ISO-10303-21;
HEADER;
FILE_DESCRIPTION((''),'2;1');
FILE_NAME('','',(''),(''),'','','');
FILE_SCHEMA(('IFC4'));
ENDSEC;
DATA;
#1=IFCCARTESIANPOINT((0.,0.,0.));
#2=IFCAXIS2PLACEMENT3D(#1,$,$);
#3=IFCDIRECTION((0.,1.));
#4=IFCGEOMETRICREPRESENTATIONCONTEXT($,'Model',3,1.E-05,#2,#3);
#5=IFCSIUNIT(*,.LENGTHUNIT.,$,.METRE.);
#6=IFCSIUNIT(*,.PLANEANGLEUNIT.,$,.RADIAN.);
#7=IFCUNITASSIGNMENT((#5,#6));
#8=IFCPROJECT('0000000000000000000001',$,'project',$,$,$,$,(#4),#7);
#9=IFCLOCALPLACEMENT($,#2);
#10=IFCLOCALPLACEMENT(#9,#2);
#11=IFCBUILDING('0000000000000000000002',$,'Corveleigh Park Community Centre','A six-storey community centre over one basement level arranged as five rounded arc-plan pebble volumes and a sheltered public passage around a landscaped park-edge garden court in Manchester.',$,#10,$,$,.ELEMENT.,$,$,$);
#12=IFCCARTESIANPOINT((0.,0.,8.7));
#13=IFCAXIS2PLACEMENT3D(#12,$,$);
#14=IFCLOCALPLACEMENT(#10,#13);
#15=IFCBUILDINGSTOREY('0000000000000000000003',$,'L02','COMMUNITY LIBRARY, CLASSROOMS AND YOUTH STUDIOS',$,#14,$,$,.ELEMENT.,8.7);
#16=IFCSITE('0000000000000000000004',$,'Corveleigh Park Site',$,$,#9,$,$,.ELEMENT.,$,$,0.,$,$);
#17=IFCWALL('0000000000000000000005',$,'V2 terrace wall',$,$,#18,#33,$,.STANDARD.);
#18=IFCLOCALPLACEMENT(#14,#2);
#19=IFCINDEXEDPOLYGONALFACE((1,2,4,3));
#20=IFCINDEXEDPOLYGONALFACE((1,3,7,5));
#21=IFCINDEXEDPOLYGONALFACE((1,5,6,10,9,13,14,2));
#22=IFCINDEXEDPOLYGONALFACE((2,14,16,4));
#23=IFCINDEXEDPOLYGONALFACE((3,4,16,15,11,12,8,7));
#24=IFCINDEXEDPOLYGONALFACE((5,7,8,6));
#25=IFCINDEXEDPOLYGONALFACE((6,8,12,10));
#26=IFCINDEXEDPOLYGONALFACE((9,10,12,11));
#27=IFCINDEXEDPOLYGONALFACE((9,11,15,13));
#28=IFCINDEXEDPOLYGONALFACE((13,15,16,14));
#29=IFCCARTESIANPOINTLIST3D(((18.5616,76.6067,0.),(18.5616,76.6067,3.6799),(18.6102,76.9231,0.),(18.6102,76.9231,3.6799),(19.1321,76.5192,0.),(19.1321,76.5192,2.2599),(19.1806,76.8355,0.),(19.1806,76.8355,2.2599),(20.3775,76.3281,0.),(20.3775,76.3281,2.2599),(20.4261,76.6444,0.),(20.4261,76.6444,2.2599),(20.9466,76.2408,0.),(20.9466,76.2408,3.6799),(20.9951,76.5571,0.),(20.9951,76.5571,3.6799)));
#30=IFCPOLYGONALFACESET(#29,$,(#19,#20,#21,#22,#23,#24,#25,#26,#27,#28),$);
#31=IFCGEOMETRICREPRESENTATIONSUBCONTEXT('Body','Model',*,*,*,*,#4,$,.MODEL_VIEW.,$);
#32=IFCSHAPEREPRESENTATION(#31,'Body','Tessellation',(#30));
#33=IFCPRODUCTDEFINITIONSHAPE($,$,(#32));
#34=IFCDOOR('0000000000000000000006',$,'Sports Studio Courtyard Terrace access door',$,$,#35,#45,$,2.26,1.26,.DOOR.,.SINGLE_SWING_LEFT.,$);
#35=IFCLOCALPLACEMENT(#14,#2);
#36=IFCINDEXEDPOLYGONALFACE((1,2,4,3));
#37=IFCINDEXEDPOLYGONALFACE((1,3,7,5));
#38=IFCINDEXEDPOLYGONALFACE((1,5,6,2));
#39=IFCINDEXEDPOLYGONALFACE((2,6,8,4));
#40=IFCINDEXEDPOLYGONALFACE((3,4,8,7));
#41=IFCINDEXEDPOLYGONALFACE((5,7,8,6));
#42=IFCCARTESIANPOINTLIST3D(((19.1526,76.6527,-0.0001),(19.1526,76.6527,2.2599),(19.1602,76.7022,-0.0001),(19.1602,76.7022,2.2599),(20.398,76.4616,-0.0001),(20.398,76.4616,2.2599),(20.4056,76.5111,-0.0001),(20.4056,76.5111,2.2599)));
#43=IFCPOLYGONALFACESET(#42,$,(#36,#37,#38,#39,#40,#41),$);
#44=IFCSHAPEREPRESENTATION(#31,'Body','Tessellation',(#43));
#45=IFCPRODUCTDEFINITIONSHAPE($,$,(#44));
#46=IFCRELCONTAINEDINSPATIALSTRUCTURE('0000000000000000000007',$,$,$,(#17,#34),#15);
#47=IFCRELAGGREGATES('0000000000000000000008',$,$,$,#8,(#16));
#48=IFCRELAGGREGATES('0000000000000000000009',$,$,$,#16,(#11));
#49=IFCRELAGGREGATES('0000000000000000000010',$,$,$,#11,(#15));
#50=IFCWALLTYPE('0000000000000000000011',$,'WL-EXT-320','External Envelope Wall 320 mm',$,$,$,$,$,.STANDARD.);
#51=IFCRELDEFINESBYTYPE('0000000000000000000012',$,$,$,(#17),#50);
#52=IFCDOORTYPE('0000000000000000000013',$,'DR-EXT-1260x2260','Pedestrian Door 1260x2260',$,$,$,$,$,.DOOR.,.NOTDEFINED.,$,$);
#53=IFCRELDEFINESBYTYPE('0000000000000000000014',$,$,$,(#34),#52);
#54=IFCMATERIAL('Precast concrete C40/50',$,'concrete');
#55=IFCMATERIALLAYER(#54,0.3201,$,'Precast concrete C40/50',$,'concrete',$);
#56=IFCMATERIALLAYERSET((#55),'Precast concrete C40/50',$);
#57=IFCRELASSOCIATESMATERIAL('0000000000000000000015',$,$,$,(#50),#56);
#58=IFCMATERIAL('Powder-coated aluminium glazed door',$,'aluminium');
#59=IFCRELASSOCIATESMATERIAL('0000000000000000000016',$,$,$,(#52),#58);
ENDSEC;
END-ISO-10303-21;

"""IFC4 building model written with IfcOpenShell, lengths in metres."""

from ifc_helpers import new_model, si_unit, direction, frame, frame_2d, origin, place, context, subcontext, project, spatial, rectangle, extrude, material, layer, layer_set, type_object, element, fill, save


model = new_model("IFC4")

# Units and contexts
model_context = context("Model", 3, precision=1e-05, world=origin(), true_north=direction((0.0, 1.0)))
body_context = subcontext(model_context, "Body", "Model", "MODEL_VIEW")
ifc_project = project(units=[si_unit("LENGTHUNIT", "METRE"), si_unit("PLANEANGLEUNIT", "RADIAN")], contexts=[model_context])

# Site, building, storey
site_placement = place(None, origin())
site = spatial("IfcSite", under=ifc_project, at=site_placement, Name="Corveleigh Park Site", CompositionType="ELEMENT", RefElevation=0.0)
building_placement = place(site_placement, origin())
building = spatial("IfcBuilding", under=site, at=building_placement, Name="Corveleigh Park Community Centre", Description="A six-storey community centre over one basement level arranged as five rounded arc-plan pebble volumes and a sheltered public passage around a landscaped park-edge garden court in Manchester.", CompositionType="ELEMENT")
storey_placement = place(building_placement, frame((0.0, 0.0, 8.7)))
storey = spatial("IfcBuildingStorey", under=building, at=storey_placement, Name="L02", Description="COMMUNITY LIBRARY, CLASSROOMS AND YOUTH STUDIOS", CompositionType="ELEMENT", Elevation=8.7)

# Wall, opening, door
ifc_material_1 = material(Name="Precast concrete C40/50", Category="concrete")
ifc_layer_1 = layer(ifc_material_1, 0.3201, Name="Precast concrete C40/50", Category="concrete")
ifc_layer_set_1 = layer_set([ifc_layer_1], Name="Precast concrete C40/50")
wall_type = type_object("IfcWallType", Name="WL-EXT-320", Description="External Envelope Wall 320 mm", PredefinedType="STANDARD", material=ifc_layer_set_1)
wall_placement = place(storey_placement, frame((20.9709, 76.3989, 0.0), z_axis=(0.0, 0.0, 1.0), x_axis=(-0.988431, 0.151669, 0.0)))
wall = element("IfcWall", 1, at=wall_placement, inside=storey, type_object=wall_type, Name="V2 terrace wall", PredefinedType="STANDARD", context=body_context, shape_type="SweptSolid", body=[
    extrude(rectangle(XDim=2.4128, YDim=0.3201, at=frame_2d((1.2065, 0.0))), origin(), (0.0, 0.0, 1.0), 3.6799),
])
opening_placement = place(wall_placement, frame((0.5759, 0.0, 0.0)))
opening = element("IfcOpeningElement", 2, at=opening_placement, cuts=wall, PredefinedType="OPENING", context=body_context, shape_type="SweptSolid", body=[
    extrude(rectangle(XDim=1.26, YDim=2.26, at=frame_2d((0.6299, 1.1299))), frame((0.0, 0.1699, 0.0), z_axis=(0.0, -1.0, 0.0), x_axis=(1.0, 0.0, 0.0)), (0.0, 0.0, 1.0), 0.3401),
])
ifc_material_2 = material(Name="Powder-coated aluminium glazed door", Category="aluminium")
door_type = type_object("IfcDoorType", Name="DR-EXT-1260x2260", Description="Pedestrian Door 1260x2260", OperationType="NOTDEFINED", PredefinedType="DOOR", material=ifc_material_2)
door_placement = place(opening_placement, origin())
door = element("IfcDoor", 3, at=door_placement, inside=storey, type_object=door_type, Name="Sports Studio Courtyard Terrace access door", OperationType="SINGLE_SWING_LEFT", OverallHeight=2.26, OverallWidth=1.26, PredefinedType="DOOR", context=body_context, shape_type="SweptSolid", body=[
    extrude(rectangle(XDim=1.26, YDim=2.26, at=frame_2d((0.6299, 1.1299))), frame((0.0, 0.0249, 0.0), z_axis=(0.0, -1.0, 0.0), x_axis=(1.0, 0.0, 0.0)), (0.0, 0.0, 1.0), 0.05),
])
fill(opening, door)

save(model, "model.ifc")
